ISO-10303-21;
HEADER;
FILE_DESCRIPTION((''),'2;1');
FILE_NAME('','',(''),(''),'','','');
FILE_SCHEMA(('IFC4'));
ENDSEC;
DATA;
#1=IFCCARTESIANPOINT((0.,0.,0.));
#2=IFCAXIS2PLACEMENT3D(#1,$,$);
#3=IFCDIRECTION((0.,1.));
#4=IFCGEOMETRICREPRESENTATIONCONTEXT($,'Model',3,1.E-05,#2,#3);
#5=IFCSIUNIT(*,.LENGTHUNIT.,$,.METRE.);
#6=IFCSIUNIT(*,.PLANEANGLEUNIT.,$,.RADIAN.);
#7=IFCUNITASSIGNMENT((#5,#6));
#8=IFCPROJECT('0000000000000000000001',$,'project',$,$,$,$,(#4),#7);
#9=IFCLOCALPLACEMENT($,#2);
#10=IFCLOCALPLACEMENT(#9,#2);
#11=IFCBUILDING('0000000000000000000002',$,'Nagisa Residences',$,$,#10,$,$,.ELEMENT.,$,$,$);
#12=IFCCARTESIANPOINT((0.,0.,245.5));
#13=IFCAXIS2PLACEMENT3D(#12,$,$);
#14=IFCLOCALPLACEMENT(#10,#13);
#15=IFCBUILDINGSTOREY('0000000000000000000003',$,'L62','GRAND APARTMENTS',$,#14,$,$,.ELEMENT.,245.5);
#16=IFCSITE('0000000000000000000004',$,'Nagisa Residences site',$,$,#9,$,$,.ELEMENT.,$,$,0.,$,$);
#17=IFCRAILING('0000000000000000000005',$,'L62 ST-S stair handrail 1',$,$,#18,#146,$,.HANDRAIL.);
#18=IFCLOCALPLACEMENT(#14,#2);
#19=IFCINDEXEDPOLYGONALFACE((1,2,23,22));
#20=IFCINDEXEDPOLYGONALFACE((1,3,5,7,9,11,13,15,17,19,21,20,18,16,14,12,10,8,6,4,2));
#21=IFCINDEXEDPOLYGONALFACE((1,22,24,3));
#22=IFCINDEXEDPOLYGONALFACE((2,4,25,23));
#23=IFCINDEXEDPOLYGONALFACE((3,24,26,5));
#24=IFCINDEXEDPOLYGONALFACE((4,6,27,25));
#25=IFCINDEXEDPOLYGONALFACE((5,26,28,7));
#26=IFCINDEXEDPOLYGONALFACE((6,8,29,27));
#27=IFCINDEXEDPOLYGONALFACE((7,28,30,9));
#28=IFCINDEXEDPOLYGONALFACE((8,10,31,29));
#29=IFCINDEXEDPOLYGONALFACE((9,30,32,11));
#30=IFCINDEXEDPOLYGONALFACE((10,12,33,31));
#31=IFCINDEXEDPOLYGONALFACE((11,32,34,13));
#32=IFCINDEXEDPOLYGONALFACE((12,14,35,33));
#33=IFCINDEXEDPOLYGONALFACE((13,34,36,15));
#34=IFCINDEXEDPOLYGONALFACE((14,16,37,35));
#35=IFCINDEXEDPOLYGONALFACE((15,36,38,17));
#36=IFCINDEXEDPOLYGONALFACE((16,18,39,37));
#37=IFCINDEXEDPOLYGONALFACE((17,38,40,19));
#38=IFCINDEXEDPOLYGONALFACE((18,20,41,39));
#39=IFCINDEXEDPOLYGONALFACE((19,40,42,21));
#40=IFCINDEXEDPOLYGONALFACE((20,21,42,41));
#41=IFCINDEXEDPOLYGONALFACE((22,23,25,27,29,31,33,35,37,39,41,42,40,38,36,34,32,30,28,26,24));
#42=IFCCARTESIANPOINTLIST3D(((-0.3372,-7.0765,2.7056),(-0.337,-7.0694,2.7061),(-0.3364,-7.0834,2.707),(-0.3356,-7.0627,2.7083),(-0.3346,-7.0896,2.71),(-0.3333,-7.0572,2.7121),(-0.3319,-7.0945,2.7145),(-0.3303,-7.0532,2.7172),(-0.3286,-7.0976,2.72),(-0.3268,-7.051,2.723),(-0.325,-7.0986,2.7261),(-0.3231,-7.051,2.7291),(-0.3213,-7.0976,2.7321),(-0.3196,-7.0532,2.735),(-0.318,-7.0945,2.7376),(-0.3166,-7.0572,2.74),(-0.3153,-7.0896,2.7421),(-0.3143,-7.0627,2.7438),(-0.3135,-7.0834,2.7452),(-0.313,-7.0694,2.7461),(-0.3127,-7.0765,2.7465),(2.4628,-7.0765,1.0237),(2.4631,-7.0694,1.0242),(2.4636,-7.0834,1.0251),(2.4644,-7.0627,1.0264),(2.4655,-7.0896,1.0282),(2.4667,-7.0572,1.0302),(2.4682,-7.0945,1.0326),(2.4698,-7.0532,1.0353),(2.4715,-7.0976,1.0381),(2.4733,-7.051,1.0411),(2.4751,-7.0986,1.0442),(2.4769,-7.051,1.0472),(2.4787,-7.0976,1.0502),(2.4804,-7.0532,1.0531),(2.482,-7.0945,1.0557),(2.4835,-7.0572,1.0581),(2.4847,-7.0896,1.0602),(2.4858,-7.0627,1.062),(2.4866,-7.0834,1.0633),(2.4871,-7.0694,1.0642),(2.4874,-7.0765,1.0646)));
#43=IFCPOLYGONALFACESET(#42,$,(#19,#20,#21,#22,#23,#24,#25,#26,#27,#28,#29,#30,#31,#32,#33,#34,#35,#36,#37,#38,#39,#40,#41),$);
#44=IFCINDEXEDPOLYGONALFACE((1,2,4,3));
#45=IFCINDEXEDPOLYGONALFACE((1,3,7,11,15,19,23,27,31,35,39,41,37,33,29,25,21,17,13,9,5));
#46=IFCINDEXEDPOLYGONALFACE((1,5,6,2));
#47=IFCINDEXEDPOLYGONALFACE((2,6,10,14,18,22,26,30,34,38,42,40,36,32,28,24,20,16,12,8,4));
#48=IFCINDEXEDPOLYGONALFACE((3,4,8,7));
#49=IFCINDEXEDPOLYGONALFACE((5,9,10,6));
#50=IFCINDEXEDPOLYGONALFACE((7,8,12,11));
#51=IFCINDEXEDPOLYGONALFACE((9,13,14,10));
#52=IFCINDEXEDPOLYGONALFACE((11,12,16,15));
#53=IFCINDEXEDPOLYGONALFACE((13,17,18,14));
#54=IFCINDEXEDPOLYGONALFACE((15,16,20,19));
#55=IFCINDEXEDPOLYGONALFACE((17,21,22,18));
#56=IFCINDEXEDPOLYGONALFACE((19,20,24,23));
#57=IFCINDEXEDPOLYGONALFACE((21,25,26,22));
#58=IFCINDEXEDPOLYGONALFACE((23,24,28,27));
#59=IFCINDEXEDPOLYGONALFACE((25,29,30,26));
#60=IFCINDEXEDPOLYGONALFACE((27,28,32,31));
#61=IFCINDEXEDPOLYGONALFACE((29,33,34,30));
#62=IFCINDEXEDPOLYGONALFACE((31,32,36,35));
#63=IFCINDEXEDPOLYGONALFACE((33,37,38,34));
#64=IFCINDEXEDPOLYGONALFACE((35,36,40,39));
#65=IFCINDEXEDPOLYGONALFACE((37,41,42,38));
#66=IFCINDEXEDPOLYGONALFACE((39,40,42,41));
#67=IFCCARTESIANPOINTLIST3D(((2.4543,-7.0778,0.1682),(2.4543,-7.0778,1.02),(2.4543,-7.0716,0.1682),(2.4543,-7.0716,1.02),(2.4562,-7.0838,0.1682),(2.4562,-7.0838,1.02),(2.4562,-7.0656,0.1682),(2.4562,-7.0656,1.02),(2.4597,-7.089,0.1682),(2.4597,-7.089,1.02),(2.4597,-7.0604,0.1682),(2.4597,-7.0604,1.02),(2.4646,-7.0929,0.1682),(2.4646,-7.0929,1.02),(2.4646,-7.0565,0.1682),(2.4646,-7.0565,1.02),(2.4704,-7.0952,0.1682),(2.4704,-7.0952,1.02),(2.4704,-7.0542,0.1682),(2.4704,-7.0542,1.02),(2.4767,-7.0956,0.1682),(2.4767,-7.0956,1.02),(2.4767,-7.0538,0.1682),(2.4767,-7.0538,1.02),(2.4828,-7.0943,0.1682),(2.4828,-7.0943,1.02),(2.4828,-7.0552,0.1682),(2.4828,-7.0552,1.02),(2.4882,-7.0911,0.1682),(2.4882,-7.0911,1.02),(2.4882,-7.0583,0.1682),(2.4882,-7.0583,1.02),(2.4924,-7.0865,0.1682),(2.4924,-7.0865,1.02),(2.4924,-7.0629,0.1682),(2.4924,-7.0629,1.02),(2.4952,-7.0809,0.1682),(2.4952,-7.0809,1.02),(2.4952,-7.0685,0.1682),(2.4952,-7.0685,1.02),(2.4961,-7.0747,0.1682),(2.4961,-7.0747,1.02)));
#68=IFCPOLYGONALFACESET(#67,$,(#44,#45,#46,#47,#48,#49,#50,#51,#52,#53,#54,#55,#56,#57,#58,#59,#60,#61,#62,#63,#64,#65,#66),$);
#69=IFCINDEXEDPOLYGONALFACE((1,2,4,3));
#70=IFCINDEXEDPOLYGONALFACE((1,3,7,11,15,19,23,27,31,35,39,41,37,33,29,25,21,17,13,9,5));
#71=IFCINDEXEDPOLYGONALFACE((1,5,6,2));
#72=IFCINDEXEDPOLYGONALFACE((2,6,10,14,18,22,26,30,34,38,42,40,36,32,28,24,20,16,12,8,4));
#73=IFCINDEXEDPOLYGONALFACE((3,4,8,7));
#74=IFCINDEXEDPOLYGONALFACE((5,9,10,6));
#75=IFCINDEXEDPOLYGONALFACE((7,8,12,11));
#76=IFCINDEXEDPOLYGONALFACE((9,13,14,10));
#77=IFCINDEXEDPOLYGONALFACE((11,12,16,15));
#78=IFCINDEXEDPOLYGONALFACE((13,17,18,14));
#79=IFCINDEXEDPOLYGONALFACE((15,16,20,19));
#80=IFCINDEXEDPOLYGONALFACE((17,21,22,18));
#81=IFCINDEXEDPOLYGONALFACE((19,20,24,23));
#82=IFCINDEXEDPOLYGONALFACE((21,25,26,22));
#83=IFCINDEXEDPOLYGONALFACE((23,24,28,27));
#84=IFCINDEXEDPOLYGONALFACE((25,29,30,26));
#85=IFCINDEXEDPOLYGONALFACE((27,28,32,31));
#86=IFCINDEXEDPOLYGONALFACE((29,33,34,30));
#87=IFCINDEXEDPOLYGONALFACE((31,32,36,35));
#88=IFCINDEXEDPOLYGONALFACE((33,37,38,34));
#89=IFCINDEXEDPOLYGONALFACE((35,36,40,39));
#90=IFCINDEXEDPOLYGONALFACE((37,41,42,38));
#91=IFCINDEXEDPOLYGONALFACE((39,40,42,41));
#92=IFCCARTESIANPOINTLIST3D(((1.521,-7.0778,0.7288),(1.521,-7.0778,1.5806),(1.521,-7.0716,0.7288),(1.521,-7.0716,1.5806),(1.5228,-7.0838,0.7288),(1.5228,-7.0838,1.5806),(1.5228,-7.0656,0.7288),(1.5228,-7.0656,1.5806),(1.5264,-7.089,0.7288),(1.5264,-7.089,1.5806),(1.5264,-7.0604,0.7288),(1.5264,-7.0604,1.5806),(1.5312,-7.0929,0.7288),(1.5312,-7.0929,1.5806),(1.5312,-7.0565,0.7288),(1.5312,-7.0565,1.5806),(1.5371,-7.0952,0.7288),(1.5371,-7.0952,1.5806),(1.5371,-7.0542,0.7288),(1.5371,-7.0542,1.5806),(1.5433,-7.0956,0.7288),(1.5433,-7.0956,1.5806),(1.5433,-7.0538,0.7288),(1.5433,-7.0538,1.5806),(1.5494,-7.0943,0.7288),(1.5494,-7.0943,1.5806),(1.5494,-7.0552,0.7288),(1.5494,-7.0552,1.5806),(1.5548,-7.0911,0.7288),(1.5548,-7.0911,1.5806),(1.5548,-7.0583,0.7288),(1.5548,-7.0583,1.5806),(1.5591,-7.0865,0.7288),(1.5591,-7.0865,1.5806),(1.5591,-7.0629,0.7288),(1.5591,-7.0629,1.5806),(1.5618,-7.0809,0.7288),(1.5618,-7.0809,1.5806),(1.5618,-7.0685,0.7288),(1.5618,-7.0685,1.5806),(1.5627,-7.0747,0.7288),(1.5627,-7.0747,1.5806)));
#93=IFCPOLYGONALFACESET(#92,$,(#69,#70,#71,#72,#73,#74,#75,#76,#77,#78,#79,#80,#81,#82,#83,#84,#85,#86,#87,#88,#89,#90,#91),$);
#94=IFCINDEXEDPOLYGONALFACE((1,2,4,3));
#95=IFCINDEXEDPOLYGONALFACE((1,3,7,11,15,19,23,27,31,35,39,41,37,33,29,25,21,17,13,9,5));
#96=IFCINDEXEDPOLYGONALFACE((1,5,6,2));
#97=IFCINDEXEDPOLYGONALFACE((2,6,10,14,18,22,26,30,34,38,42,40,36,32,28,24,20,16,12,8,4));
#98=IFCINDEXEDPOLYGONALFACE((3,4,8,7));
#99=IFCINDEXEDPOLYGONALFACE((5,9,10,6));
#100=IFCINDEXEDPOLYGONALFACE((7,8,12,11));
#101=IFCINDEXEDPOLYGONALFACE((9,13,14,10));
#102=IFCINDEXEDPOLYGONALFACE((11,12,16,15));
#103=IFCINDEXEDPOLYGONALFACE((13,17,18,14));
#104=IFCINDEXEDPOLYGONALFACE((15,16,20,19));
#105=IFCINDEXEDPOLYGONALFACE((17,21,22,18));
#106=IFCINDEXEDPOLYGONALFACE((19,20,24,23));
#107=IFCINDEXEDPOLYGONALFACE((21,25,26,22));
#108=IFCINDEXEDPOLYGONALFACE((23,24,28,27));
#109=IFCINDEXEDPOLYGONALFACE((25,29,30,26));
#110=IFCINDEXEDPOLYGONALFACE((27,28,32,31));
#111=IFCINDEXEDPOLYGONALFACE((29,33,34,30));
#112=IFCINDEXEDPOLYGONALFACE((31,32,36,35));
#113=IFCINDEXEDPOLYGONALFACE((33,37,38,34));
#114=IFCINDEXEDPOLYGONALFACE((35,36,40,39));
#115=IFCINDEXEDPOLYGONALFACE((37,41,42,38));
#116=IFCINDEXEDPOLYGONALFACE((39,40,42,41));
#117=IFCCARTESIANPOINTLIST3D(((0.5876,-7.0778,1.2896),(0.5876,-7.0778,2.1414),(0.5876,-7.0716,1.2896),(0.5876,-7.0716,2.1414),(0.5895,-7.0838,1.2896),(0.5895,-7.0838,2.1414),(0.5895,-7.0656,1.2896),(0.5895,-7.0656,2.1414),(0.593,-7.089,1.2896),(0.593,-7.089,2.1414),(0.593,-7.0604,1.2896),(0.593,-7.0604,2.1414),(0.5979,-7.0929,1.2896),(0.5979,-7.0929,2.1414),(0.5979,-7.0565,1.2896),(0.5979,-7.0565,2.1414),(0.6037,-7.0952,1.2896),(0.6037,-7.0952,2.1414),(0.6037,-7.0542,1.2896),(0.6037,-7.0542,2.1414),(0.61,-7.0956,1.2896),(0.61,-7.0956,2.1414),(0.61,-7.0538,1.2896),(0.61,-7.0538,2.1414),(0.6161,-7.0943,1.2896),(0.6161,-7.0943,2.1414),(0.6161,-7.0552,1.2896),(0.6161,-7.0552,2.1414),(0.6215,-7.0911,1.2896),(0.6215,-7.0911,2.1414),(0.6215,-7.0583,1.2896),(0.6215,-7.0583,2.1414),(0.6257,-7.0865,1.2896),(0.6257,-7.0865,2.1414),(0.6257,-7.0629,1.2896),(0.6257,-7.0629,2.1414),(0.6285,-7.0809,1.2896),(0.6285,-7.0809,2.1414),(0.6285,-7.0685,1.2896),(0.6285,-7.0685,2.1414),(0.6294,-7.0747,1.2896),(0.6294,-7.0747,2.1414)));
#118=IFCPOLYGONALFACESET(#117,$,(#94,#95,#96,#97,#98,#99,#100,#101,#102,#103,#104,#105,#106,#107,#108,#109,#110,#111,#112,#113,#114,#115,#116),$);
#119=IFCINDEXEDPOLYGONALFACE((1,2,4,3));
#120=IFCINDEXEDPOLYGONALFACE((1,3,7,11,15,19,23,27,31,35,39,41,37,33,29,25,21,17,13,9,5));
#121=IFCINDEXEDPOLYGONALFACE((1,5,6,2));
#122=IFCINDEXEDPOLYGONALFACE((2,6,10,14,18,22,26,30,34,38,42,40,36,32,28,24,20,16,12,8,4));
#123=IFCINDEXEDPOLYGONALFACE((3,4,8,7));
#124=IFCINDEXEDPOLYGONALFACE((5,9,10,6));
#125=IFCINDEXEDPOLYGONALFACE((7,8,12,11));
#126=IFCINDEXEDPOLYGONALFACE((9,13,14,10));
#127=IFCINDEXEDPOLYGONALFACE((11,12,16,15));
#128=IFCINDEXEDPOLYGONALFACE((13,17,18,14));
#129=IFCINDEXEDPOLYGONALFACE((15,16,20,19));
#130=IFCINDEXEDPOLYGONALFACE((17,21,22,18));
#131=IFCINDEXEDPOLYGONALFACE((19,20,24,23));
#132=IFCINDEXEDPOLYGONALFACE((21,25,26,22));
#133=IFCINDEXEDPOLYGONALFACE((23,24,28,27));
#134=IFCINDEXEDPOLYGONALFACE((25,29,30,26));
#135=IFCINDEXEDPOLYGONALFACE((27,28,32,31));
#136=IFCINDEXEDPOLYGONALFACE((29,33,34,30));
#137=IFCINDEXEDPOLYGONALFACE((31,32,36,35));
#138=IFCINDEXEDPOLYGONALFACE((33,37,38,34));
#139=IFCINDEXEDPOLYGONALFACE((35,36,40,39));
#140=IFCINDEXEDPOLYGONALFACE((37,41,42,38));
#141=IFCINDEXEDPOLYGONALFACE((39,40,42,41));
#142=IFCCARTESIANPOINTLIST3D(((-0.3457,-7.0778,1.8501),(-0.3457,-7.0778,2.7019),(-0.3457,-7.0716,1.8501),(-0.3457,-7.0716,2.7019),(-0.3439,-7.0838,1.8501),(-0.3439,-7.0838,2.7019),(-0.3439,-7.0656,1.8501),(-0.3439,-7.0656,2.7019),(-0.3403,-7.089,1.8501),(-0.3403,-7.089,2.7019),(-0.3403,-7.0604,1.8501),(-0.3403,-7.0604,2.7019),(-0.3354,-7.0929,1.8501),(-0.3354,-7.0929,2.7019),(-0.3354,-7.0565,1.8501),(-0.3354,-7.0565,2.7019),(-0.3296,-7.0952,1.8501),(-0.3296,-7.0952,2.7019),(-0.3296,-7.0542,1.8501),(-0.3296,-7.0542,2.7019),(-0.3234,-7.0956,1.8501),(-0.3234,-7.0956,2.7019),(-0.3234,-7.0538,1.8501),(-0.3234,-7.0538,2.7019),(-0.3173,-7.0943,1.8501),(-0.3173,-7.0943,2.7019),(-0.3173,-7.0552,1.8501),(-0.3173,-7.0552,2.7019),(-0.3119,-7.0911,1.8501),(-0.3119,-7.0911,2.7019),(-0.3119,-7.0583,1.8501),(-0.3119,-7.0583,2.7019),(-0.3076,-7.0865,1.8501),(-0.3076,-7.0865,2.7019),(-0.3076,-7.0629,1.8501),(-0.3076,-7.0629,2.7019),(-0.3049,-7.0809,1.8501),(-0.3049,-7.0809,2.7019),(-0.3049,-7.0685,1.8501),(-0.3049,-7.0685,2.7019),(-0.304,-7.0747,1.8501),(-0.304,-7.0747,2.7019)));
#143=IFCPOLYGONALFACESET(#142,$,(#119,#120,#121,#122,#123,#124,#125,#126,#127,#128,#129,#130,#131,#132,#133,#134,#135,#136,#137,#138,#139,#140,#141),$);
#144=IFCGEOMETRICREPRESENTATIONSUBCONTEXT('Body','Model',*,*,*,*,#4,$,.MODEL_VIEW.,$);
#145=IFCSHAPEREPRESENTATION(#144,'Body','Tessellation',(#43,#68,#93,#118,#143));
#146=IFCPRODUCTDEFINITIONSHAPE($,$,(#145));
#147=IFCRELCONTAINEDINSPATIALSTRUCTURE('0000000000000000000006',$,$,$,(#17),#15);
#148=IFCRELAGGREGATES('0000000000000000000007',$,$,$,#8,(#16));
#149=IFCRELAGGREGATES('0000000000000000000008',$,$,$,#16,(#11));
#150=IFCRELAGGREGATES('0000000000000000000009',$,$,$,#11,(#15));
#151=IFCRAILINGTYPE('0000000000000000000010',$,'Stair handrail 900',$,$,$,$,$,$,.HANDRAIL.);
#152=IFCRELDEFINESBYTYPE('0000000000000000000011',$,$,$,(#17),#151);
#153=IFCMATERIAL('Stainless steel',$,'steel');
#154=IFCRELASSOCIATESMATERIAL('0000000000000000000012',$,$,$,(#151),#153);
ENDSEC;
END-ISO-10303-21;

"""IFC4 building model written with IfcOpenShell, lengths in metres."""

from ifc_helpers import new_model, si_unit, direction, frame, origin, origin_2d, place, context, subcontext, project, spatial, circle, extrude, material, type_object, element, save


model = new_model("IFC4")

# Units and contexts
model_context = context("Model", 3, precision=1e-05, world=origin(), true_north=direction((0.0, 1.0)))
body_context = subcontext(model_context, "Body", "Model", "MODEL_VIEW")
ifc_project = project(units=[si_unit("LENGTHUNIT", "METRE"), si_unit("PLANEANGLEUNIT", "RADIAN")], contexts=[model_context])

# Site, building, storey
site_placement = place(None, origin())
site = spatial("IfcSite", under=ifc_project, at=site_placement, Name="Nagisa Residences site", CompositionType="ELEMENT", RefElevation=0.0)
building_placement = place(site_placement, origin())
building = spatial("IfcBuilding", under=site, at=building_placement, Name="Nagisa Residences", CompositionType="ELEMENT")
storey_placement = place(building_placement, frame((0.0, 0.0, 245.5)))
storey = spatial("IfcBuildingStorey", under=building, at=storey_placement, Name="L62", Description="GRAND APARTMENTS", CompositionType="ELEMENT", Elevation=245.5)

# Railing
ifc_material_1 = material(Name="Stainless steel", Category="steel")
railing_type_1 = type_object("IfcRailingType", Name="Stair handrail 900", PredefinedType="HANDRAIL", material=ifc_material_1)
railing_1_placement = place(storey_placement, frame((2.4751, -7.0747, 0.1682)))
element("IfcRailing", 1, at=railing_1_placement, inside=storey, type_object=railing_type_1, Name="L62 ST-S stair handrail 1", PredefinedType="HANDRAIL", context=body_context, shape_type="SweptSolid", body=[
    extrude(circle(Radius=0.0239, at=origin_2d()), frame((0.0, 0.0, 0.876), z_axis=(-0.857242, 0.0, 0.514913), x_axis=(0.0, -1.0, 0.0)), (0.0, 0.0, 1.0), 3.2664),
    extrude(circle(Radius=0.021, at=origin_2d()), origin(), (0.0, 0.0, 1.0), 0.8518),
    extrude(circle(Radius=0.021, at=origin_2d()), frame((-0.9333, 0.0, 0.5605)), (0.0, 0.0, 1.0), 0.8518),
    extrude(circle(Radius=0.021, at=origin_2d()), frame((-1.8667, 0.0, 1.1213)), (0.0, 0.0, 1.0), 0.8518),
    extrude(circle(Radius=0.021, at=origin_2d()), frame((-2.8, 0.0, 1.6819)), (0.0, 0.0, 1.0), 0.8518),
])

save(model, "model.ifc")
